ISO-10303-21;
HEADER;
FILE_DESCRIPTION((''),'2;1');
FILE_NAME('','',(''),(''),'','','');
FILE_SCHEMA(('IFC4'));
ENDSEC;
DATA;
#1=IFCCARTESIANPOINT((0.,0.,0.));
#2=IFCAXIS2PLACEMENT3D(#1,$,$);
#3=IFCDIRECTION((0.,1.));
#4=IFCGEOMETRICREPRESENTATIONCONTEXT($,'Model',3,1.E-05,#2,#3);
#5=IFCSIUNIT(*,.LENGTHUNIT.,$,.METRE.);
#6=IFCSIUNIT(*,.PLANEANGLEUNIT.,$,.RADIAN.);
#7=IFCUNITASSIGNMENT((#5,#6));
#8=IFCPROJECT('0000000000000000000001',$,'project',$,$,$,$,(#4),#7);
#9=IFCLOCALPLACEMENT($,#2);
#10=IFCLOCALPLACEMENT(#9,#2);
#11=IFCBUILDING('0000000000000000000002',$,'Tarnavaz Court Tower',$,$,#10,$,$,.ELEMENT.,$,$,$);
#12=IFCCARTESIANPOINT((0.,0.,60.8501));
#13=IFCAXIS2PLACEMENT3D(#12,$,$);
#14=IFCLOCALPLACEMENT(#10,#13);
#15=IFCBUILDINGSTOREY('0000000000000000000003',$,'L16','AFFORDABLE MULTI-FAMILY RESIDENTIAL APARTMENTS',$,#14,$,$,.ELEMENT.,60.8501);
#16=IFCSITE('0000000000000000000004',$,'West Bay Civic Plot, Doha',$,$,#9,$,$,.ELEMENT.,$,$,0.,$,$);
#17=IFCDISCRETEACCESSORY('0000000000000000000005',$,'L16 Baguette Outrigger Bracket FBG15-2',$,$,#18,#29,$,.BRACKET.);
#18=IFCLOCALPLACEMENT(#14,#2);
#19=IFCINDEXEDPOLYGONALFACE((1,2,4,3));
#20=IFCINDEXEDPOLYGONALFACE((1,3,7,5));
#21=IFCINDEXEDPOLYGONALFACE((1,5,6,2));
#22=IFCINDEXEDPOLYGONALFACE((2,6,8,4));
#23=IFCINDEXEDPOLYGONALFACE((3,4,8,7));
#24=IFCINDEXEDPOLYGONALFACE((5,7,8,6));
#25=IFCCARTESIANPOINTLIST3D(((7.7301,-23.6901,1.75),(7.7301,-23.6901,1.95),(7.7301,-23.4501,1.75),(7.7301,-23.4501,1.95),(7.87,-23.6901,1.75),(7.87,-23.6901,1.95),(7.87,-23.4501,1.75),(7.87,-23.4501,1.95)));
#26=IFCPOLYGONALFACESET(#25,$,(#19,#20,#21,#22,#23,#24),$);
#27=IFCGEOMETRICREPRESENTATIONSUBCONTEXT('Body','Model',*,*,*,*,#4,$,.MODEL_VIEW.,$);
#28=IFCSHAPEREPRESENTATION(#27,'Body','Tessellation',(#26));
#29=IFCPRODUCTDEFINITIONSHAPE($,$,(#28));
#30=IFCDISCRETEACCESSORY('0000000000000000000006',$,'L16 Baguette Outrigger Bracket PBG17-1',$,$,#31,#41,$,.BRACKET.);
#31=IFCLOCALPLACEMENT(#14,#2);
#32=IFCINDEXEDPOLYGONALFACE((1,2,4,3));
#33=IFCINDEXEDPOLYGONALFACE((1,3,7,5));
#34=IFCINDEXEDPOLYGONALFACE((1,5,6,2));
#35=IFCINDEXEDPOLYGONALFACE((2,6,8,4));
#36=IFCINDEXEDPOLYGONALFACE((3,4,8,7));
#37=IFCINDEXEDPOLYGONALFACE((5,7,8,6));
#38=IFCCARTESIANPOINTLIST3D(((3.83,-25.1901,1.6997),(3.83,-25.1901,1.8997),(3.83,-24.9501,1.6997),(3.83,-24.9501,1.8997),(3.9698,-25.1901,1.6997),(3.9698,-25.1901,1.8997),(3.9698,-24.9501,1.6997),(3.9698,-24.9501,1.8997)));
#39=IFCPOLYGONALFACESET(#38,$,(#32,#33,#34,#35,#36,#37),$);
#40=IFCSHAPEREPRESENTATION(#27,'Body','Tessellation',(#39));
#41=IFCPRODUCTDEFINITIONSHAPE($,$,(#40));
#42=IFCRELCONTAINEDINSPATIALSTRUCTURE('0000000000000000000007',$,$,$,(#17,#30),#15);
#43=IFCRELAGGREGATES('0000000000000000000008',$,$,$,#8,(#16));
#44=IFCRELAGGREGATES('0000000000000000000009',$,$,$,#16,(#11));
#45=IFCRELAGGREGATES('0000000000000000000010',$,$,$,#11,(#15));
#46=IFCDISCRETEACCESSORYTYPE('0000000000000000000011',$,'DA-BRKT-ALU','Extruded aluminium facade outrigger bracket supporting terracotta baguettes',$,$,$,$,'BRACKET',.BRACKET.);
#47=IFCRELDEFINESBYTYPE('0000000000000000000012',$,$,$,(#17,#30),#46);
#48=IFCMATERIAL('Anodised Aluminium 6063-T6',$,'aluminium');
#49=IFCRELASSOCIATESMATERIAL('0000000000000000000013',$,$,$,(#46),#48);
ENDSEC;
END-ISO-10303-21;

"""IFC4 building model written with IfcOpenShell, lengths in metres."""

from ifc_helpers import new_model, si_unit, direction, frame, origin, origin_2d, place, context, subcontext, project, spatial, rectangle, extrude, material, type_object, element, save


model = new_model("IFC4")

# Units and contexts
model_context = context("Model", 3, precision=1e-05, world=origin(), true_north=direction((0.0, 1.0)))
body_context = subcontext(model_context, "Body", "Model", "MODEL_VIEW")
ifc_project = project(units=[si_unit("LENGTHUNIT", "METRE"), si_unit("PLANEANGLEUNIT", "RADIAN")], contexts=[model_context])

# Site, building, storey
site_placement = place(None, origin())
site = spatial("IfcSite", under=ifc_project, at=site_placement, Name="West Bay Civic Plot, Doha", CompositionType="ELEMENT", RefElevation=0.0)
building_placement = place(site_placement, origin())
building = spatial("IfcBuilding", under=site, at=building_placement, Name="Tarnavaz Court Tower", CompositionType="ELEMENT")
storey_placement = place(building_placement, frame((0.0, 0.0, 60.8501)))
storey = spatial("IfcBuildingStorey", under=building, at=storey_placement, Name="L16", Description="AFFORDABLE MULTI-FAMILY RESIDENTIAL APARTMENTS", CompositionType="ELEMENT", Elevation=60.8501)

# Shared definitions
ifc_material_1 = material(Name="Anodised Aluminium 6063-T6", Category="aluminium")

# Discrete accessories
discrete_accessory_type = type_object("IfcDiscreteAccessoryType", Name="DA-BRKT-ALU", Description="Extruded aluminium facade outrigger bracket supporting terracotta baguettes", ElementType="BRACKET", PredefinedType="BRACKET", material=ifc_material_1)
for number, where, z_axis, x_axis, name in (
    (1, (7.8, -23.5701, 1.75), (0.0, 0.0, 1.0), (-1.0, 0.0, 0.0), "L16 Baguette Outrigger Bracket FBG15-2"),
    (2, (3.8999, -25.0701, 1.6997), (0.0, 0.0, 1.0), (-1.0, 0.0, 0.0), "L16 Baguette Outrigger Bracket PBG17-1"),
):
    element("IfcDiscreteAccessory", number, at=place(storey_placement, frame(where, z_axis=z_axis, x_axis=x_axis)), inside=storey, type_object=discrete_accessory_type, Name=name, PredefinedType="BRACKET", context=body_context, shape_type="SweptSolid", body=[
        extrude(rectangle(XDim=0.1399, YDim=0.24, at=origin_2d()), origin(), (0.0, 0.0, 1.0), 0.2),
    ])

save(model, "model.ifc")
